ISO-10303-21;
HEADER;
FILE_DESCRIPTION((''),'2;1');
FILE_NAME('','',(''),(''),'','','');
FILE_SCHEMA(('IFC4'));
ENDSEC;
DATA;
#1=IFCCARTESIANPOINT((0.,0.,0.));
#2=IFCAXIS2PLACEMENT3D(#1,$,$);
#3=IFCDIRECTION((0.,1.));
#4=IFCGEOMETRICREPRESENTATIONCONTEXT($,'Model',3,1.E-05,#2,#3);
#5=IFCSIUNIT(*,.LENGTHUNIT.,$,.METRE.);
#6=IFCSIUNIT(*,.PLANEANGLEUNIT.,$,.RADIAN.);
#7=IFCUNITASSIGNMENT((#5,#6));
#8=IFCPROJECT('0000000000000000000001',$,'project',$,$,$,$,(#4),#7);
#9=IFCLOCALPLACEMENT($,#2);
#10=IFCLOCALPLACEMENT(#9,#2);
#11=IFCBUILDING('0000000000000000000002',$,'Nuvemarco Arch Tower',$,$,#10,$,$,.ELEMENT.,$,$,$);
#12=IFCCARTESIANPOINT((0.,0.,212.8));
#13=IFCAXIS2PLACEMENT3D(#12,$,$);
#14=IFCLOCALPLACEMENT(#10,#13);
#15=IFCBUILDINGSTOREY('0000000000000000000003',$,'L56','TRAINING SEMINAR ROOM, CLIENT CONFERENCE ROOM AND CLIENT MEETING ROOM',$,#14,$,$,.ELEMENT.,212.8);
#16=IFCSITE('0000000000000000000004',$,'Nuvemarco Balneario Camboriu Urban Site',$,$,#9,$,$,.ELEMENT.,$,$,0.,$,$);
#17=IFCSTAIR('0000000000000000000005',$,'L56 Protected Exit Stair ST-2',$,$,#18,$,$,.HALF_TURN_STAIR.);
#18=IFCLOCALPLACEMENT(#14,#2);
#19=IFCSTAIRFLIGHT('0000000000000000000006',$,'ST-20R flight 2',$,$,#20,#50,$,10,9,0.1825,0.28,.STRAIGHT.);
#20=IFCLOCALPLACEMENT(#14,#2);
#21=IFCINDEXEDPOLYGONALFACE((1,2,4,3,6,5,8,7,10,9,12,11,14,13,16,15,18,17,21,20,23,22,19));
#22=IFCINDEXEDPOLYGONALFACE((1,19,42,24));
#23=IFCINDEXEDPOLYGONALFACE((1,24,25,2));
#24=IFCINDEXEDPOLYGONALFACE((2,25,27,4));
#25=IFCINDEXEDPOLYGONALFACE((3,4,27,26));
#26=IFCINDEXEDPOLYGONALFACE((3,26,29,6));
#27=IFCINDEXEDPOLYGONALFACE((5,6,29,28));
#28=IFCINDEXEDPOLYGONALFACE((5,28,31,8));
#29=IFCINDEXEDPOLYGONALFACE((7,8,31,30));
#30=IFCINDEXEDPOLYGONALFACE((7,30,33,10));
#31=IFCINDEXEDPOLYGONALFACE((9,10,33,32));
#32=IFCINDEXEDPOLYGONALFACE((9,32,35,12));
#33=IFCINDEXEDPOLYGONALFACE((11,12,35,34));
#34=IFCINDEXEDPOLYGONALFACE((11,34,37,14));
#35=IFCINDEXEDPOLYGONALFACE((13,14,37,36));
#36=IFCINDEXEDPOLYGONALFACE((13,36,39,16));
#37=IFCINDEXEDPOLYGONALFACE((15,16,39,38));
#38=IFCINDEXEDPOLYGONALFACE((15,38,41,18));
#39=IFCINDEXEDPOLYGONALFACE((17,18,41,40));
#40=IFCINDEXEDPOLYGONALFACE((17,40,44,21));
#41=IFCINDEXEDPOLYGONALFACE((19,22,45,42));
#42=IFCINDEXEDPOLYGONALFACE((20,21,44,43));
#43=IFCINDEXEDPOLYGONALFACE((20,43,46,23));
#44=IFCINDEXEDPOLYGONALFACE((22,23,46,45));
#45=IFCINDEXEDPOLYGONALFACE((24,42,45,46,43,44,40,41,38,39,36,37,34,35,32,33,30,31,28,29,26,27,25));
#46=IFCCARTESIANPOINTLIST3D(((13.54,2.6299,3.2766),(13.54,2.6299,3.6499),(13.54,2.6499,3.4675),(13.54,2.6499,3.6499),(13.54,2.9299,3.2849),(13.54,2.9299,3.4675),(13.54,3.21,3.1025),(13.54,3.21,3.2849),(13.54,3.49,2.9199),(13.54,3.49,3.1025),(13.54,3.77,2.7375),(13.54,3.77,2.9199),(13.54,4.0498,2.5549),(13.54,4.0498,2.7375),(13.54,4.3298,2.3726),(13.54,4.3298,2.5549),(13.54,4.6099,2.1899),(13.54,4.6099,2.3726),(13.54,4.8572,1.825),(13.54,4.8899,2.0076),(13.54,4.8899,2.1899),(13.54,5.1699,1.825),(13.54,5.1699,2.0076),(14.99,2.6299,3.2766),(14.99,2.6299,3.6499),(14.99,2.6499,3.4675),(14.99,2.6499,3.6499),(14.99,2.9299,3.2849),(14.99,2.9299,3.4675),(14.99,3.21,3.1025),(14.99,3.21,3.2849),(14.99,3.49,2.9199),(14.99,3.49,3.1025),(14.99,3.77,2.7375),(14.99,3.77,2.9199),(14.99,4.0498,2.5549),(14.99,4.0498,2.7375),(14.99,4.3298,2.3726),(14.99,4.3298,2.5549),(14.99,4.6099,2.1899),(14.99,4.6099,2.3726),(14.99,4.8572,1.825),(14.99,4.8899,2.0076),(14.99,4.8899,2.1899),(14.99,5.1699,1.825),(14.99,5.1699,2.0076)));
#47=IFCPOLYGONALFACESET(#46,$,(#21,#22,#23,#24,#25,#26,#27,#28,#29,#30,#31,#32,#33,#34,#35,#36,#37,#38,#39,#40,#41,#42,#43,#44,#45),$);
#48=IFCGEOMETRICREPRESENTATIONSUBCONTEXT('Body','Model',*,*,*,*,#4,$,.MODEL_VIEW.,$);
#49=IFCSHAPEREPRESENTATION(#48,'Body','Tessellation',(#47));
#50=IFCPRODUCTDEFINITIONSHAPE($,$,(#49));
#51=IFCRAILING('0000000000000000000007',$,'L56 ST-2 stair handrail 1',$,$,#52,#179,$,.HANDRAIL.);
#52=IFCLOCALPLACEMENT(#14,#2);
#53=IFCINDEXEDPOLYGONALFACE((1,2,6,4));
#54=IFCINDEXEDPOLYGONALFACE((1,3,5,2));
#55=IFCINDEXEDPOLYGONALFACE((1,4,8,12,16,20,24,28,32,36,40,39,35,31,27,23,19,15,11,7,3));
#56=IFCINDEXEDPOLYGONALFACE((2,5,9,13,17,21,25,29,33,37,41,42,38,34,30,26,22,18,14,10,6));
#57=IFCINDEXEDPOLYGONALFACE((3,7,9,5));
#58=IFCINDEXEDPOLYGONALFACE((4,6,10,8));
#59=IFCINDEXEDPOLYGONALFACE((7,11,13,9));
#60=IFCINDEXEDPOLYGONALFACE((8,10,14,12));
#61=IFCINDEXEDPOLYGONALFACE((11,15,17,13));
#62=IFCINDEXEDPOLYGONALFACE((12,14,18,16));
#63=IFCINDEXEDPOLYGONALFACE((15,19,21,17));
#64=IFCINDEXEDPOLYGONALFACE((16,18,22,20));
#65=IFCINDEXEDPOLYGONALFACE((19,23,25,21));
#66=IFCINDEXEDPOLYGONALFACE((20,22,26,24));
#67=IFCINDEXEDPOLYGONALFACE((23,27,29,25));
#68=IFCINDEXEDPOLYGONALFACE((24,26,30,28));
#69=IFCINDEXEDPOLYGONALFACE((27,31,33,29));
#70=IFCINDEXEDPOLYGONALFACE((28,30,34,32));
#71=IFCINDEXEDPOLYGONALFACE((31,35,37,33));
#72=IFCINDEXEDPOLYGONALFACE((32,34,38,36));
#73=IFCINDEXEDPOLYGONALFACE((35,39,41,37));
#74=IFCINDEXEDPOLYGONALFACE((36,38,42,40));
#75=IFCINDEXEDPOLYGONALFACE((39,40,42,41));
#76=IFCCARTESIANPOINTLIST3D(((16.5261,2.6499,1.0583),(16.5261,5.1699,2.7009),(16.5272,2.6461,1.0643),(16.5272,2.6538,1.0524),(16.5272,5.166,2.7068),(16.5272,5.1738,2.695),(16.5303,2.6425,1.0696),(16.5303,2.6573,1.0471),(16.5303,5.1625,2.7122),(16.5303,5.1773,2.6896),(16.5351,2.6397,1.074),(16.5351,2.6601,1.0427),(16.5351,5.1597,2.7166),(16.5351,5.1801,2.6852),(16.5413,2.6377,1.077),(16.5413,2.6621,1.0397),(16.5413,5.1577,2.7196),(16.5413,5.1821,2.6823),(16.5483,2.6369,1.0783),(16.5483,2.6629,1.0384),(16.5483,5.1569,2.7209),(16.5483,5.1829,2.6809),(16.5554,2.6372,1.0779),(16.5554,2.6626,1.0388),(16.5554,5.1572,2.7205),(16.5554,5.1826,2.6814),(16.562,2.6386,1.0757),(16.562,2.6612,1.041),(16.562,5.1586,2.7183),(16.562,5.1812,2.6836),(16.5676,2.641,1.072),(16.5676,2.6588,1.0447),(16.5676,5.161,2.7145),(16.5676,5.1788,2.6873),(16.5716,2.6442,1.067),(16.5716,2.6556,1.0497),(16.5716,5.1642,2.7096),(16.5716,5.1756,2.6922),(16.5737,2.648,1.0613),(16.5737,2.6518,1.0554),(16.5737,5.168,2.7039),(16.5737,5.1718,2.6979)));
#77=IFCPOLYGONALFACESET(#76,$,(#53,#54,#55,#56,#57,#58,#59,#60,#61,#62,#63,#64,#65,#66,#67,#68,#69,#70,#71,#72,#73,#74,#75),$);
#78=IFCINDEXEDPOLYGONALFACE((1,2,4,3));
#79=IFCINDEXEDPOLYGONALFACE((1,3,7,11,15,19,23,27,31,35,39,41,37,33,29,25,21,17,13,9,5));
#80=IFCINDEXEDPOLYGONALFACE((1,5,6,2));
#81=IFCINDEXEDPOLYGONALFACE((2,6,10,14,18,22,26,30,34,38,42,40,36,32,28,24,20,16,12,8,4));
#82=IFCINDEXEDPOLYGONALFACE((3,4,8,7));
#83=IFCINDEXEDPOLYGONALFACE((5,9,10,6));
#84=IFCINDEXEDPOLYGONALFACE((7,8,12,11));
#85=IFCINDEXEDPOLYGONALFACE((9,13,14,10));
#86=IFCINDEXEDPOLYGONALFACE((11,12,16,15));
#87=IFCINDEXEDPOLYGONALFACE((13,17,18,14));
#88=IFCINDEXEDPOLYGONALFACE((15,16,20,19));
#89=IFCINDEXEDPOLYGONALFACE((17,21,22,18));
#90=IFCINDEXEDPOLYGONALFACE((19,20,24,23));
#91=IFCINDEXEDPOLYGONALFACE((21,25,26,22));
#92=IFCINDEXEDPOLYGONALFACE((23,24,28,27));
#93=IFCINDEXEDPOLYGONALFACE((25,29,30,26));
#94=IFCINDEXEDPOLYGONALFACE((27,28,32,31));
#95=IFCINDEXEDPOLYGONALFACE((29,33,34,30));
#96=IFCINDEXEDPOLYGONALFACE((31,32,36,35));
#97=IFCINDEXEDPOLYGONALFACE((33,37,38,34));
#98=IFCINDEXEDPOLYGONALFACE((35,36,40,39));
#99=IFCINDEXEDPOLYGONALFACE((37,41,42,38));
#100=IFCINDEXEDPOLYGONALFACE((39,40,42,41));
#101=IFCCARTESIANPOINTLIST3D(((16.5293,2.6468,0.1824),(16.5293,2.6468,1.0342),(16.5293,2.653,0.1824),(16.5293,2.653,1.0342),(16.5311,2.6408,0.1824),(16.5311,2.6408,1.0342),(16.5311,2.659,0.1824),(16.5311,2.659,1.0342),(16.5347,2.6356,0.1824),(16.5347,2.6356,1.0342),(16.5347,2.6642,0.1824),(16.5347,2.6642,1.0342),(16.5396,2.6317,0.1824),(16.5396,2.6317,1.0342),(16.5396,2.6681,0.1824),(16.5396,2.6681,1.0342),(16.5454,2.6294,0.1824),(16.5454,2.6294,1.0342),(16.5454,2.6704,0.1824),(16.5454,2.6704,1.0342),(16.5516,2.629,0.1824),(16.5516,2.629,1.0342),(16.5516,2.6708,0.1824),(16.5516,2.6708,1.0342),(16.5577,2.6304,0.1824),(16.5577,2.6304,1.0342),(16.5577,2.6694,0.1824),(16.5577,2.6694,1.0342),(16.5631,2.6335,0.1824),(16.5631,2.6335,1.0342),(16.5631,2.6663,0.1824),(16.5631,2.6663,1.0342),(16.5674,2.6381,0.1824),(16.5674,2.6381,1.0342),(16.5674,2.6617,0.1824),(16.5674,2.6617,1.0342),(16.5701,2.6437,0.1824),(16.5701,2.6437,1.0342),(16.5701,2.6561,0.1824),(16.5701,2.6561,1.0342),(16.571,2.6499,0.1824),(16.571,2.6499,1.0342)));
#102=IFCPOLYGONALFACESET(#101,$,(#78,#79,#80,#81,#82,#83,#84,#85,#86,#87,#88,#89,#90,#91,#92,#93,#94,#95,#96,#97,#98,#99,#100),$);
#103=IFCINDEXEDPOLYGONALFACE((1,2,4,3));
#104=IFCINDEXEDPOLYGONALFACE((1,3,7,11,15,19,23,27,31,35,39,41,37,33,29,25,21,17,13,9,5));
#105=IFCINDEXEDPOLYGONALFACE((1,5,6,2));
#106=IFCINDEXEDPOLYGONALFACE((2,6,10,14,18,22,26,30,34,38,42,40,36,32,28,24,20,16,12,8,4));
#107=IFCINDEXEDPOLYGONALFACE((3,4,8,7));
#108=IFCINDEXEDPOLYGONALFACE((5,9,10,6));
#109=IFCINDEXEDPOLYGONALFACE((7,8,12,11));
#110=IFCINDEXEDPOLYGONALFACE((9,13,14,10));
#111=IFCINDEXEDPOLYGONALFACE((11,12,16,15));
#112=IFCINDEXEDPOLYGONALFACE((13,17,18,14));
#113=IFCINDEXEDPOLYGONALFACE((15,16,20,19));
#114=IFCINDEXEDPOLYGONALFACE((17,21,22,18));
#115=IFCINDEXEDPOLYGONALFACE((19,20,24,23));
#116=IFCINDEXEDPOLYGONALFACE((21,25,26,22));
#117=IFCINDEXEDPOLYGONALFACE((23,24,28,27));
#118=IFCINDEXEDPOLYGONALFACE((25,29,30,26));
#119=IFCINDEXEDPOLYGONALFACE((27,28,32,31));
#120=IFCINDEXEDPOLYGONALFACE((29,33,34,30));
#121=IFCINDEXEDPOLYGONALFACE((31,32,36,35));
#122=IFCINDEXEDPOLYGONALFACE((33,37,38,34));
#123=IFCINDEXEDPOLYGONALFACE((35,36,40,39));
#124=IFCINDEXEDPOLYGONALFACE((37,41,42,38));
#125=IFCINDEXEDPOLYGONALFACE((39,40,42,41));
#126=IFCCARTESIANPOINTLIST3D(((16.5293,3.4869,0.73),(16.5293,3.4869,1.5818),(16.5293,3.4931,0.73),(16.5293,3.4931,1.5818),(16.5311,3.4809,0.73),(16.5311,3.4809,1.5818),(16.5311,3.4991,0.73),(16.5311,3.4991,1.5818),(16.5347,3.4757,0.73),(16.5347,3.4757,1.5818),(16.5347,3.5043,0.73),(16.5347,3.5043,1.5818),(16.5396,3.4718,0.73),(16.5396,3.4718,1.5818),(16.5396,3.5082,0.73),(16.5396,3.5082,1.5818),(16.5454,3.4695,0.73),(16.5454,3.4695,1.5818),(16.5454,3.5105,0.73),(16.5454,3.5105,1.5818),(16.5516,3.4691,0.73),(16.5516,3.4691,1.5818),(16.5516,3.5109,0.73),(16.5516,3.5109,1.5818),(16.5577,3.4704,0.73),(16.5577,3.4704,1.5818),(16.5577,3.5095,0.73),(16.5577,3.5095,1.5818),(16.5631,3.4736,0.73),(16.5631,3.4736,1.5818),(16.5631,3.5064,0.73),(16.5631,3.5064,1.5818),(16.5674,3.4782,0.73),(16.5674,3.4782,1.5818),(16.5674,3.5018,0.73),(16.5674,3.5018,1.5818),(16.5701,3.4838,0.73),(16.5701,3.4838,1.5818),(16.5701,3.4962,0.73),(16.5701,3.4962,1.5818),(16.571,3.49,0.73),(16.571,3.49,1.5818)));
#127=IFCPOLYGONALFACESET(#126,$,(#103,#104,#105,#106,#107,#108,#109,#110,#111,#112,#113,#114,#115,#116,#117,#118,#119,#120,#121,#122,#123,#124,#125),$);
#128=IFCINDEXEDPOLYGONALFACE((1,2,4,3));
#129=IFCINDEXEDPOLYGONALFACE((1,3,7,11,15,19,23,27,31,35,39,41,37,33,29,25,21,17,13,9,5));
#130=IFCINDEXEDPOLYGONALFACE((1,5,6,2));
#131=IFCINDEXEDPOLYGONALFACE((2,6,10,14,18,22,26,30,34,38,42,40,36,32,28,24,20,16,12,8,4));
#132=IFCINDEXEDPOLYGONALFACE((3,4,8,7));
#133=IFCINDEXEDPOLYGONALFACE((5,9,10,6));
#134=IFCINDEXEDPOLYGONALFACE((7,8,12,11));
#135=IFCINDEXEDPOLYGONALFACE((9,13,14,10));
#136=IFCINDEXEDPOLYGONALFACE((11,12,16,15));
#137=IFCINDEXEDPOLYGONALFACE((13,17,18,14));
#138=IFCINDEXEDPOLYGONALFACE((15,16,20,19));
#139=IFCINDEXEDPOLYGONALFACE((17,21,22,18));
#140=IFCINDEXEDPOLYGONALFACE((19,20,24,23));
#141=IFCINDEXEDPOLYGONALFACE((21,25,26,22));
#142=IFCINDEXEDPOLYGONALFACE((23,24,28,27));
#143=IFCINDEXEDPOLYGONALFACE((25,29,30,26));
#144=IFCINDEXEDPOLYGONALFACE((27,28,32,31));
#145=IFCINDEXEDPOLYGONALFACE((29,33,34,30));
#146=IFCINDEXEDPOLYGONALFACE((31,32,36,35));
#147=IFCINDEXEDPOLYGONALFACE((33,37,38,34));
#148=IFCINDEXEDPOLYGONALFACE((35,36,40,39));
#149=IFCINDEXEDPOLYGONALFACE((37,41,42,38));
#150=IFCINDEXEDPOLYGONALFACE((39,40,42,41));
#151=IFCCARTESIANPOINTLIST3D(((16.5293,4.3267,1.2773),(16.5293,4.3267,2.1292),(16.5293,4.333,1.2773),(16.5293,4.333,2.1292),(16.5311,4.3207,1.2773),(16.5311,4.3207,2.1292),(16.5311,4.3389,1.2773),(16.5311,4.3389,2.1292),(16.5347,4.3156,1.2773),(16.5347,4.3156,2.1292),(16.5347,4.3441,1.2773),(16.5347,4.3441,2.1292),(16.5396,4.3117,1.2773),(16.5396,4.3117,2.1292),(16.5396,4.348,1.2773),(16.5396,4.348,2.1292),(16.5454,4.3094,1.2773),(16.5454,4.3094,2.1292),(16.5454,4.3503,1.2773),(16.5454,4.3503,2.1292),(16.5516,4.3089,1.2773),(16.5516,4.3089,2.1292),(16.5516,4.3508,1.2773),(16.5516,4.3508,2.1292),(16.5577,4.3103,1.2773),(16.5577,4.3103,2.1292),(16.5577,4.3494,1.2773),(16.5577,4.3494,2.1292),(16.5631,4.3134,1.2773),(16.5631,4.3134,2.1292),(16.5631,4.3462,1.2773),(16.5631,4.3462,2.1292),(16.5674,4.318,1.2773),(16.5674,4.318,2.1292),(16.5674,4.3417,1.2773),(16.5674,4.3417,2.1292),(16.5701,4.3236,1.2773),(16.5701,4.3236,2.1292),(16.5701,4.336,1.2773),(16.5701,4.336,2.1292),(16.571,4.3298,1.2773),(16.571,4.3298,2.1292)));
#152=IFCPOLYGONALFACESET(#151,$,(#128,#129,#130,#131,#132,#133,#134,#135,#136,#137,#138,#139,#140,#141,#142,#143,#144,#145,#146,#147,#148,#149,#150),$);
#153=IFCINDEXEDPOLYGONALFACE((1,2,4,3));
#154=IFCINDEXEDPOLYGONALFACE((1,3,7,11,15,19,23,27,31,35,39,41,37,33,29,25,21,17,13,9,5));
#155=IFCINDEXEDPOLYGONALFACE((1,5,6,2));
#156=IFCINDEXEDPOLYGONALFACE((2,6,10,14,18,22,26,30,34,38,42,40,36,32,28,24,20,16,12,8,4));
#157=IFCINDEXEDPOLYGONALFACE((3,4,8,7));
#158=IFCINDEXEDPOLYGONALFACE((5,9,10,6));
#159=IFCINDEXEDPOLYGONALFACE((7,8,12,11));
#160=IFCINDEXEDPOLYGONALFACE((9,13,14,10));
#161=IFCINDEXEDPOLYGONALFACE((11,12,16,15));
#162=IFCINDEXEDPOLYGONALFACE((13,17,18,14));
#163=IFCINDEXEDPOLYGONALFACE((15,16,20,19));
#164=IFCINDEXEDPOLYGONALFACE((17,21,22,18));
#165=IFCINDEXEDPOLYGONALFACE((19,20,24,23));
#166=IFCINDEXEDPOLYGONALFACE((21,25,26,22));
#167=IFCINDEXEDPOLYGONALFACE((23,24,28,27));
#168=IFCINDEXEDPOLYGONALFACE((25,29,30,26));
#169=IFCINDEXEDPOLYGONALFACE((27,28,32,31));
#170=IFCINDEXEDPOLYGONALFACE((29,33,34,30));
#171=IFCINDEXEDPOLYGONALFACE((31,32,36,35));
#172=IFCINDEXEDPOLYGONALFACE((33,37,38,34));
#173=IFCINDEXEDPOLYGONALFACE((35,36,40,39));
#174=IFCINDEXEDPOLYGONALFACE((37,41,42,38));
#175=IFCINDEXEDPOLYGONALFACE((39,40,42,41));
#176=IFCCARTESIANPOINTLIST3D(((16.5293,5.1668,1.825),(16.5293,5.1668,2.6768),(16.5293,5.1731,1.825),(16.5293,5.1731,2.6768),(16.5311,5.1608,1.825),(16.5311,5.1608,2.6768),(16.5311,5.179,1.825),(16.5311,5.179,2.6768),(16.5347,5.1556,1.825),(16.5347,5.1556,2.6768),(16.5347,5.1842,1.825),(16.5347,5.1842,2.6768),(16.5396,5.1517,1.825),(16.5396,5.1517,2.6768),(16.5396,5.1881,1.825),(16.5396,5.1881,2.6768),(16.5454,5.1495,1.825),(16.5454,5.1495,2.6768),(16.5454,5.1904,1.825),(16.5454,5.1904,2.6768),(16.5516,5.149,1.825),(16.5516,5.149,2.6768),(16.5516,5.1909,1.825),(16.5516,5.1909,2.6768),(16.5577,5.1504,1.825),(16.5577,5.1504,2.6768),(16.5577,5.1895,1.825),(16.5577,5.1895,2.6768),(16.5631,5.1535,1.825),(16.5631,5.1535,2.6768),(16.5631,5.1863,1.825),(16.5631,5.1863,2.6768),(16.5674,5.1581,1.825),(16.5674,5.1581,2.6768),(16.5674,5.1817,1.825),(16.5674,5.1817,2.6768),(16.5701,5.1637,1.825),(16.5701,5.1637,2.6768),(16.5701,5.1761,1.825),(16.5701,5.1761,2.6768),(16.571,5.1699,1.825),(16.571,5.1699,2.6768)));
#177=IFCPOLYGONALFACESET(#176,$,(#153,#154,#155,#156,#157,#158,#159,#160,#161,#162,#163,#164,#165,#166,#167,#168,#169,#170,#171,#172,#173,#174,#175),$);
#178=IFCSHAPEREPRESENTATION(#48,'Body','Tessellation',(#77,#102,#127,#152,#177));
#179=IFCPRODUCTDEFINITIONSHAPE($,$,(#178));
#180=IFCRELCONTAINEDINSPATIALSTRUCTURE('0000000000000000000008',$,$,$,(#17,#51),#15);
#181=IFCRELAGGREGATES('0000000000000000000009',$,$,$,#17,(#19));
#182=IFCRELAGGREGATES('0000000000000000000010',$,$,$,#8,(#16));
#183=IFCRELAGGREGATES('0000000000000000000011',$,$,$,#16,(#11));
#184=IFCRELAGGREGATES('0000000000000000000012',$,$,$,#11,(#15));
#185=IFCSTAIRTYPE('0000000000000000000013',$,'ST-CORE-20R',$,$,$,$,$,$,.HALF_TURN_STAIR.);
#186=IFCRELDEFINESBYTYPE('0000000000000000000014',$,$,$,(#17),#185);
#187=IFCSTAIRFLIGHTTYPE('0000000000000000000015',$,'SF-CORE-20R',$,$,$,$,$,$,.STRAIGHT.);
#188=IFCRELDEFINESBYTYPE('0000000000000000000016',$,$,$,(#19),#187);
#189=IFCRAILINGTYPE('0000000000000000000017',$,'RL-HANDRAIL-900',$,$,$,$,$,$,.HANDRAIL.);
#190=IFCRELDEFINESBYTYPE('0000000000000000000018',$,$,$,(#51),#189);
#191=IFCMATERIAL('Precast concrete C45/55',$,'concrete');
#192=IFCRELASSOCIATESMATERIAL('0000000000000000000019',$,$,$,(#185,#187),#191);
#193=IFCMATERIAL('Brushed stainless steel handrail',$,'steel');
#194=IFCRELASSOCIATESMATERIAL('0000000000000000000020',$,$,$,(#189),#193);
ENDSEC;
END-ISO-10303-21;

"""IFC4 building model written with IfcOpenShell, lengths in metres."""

from ifc_helpers import new_model, si_unit, direction, frame, origin, origin_2d, place, context, subcontext, project, spatial, polyline, circle, outline, extrude, material, type_object, element, aggregate, save


model = new_model("IFC4")

# Units and contexts
model_context = context("Model", 3, precision=1e-05, world=origin(), true_north=direction((0.0, 1.0)))
body_context = subcontext(model_context, "Body", "Model", "MODEL_VIEW")
ifc_project = project(units=[si_unit("LENGTHUNIT", "METRE"), si_unit("PLANEANGLEUNIT", "RADIAN")], contexts=[model_context])

# Site, building, storey
site_placement = place(None, origin())
site = spatial("IfcSite", under=ifc_project, at=site_placement, Name="Nuvemarco Balneario Camboriu Urban Site", CompositionType="ELEMENT", RefElevation=0.0)
building_placement = place(site_placement, origin())
building = spatial("IfcBuilding", under=site, at=building_placement, Name="Nuvemarco Arch Tower", CompositionType="ELEMENT")
storey_placement = place(building_placement, frame((0.0, 0.0, 212.8)))
storey = spatial("IfcBuildingStorey", under=building, at=storey_placement, Name="L56", Description="TRAINING SEMINAR ROOM, CLIENT CONFERENCE ROOM AND CLIENT MEETING ROOM", CompositionType="ELEMENT", Elevation=212.8)

# Shared definitions
ifc_material_1 = material(Name="Precast concrete C45/55", Category="concrete")

# Stair, stair flight
stair_type = type_object("IfcStairType", Name="ST-CORE-20R", PredefinedType="HALF_TURN_STAIR", material=ifc_material_1)
stair_placement = place(storey_placement, origin())
stair = element("IfcStair", 1, at=stair_placement, inside=storey, type_object=stair_type, Name="L56 Protected Exit Stair ST-2", PredefinedType="HALF_TURN_STAIR")
stair_flight_type = type_object("IfcStairFlightType", Name="SF-CORE-20R", PredefinedType="STRAIGHT", material=ifc_material_1)
stair_flight_1_placement = place(storey_placement, frame((14.2649, 5.1699, 1.825), z_axis=(0.0, 0.0, 1.0), x_axis=(0.0, -1.0, 0.0)))
stair_flight_1 = element("IfcStairFlight", 2, at=stair_flight_1_placement, type_object=stair_flight_type, Name="ST-20R flight 2", NumberOfRisers=10, NumberOfTreads=9, PredefinedType="STRAIGHT", RiserHeight=0.1825, TreadLength=0.28, context=body_context, shape_type="SweptSolid", body=[
    extrude(outline(polyline([(0.0, 0.0), (0.0, 0.1826), (0.28, 0.1826), (0.28, 0.365), (0.5601, 0.365), (0.5601, 0.5476), (0.8401, 0.5476), (0.8401, 0.73), (1.1201, 0.73), (1.1201, 0.9126), (1.3999, 0.9126), (1.3999, 1.095), (1.6799, 1.095), (1.6799, 1.2776), (1.96, 1.2776), (1.96, 1.46), (2.24, 1.46), (2.24, 1.6426), (2.52, 1.6426), (2.52, 1.825), (2.54, 1.825), (2.54, 1.4517), (0.3127, 0.0), (0.0, 0.0)])), frame((0.0, 0.7251, 0.0), z_axis=(0.0, -1.0, 0.0), x_axis=(1.0, 0.0, 0.0)), (0.0, 0.0, 1.0), 1.45),
])
aggregate(stair, [stair_flight_1])

# Railing
ifc_material_2 = material(Name="Brushed stainless steel handrail", Category="steel")
railing_type_1 = type_object("IfcRailingType", Name="RL-HANDRAIL-900", PredefinedType="HANDRAIL", material=ifc_material_2)
railing_1_placement = place(storey_placement, frame((16.55, 2.6499, 0.1824)))
element("IfcRailing", 3, at=railing_1_placement, inside=storey, type_object=railing_type_1, Name="L56 ST-2 stair handrail 1", PredefinedType="HANDRAIL", context=body_context, shape_type="SweptSolid", body=[
    extrude(circle(Radius=0.0239, at=origin_2d()), frame((0.0, 0.0, 0.876), z_axis=(0.0, 0.837749, 0.546055), x_axis=(-1.0, 0.0, 0.0)), (0.0, 0.0, 1.0), 3.0081),
    extrude(circle(Radius=0.021, at=origin_2d()), origin(), (0.0, 0.0, 1.0), 0.8518),
    extrude(circle(Radius=0.021, at=origin_2d()), frame((0.0, 0.8401, 0.5476)), (0.0, 0.0, 1.0), 0.8518),
    extrude(circle(Radius=0.021, at=origin_2d()), frame((0.0, 1.6799, 1.095)), (0.0, 0.0, 1.0), 0.8518),
    extrude(circle(Radius=0.021, at=origin_2d()), frame((0.0, 2.52, 1.6426)), (0.0, 0.0, 1.0), 0.8518),
])

save(model, "model.ifc")
